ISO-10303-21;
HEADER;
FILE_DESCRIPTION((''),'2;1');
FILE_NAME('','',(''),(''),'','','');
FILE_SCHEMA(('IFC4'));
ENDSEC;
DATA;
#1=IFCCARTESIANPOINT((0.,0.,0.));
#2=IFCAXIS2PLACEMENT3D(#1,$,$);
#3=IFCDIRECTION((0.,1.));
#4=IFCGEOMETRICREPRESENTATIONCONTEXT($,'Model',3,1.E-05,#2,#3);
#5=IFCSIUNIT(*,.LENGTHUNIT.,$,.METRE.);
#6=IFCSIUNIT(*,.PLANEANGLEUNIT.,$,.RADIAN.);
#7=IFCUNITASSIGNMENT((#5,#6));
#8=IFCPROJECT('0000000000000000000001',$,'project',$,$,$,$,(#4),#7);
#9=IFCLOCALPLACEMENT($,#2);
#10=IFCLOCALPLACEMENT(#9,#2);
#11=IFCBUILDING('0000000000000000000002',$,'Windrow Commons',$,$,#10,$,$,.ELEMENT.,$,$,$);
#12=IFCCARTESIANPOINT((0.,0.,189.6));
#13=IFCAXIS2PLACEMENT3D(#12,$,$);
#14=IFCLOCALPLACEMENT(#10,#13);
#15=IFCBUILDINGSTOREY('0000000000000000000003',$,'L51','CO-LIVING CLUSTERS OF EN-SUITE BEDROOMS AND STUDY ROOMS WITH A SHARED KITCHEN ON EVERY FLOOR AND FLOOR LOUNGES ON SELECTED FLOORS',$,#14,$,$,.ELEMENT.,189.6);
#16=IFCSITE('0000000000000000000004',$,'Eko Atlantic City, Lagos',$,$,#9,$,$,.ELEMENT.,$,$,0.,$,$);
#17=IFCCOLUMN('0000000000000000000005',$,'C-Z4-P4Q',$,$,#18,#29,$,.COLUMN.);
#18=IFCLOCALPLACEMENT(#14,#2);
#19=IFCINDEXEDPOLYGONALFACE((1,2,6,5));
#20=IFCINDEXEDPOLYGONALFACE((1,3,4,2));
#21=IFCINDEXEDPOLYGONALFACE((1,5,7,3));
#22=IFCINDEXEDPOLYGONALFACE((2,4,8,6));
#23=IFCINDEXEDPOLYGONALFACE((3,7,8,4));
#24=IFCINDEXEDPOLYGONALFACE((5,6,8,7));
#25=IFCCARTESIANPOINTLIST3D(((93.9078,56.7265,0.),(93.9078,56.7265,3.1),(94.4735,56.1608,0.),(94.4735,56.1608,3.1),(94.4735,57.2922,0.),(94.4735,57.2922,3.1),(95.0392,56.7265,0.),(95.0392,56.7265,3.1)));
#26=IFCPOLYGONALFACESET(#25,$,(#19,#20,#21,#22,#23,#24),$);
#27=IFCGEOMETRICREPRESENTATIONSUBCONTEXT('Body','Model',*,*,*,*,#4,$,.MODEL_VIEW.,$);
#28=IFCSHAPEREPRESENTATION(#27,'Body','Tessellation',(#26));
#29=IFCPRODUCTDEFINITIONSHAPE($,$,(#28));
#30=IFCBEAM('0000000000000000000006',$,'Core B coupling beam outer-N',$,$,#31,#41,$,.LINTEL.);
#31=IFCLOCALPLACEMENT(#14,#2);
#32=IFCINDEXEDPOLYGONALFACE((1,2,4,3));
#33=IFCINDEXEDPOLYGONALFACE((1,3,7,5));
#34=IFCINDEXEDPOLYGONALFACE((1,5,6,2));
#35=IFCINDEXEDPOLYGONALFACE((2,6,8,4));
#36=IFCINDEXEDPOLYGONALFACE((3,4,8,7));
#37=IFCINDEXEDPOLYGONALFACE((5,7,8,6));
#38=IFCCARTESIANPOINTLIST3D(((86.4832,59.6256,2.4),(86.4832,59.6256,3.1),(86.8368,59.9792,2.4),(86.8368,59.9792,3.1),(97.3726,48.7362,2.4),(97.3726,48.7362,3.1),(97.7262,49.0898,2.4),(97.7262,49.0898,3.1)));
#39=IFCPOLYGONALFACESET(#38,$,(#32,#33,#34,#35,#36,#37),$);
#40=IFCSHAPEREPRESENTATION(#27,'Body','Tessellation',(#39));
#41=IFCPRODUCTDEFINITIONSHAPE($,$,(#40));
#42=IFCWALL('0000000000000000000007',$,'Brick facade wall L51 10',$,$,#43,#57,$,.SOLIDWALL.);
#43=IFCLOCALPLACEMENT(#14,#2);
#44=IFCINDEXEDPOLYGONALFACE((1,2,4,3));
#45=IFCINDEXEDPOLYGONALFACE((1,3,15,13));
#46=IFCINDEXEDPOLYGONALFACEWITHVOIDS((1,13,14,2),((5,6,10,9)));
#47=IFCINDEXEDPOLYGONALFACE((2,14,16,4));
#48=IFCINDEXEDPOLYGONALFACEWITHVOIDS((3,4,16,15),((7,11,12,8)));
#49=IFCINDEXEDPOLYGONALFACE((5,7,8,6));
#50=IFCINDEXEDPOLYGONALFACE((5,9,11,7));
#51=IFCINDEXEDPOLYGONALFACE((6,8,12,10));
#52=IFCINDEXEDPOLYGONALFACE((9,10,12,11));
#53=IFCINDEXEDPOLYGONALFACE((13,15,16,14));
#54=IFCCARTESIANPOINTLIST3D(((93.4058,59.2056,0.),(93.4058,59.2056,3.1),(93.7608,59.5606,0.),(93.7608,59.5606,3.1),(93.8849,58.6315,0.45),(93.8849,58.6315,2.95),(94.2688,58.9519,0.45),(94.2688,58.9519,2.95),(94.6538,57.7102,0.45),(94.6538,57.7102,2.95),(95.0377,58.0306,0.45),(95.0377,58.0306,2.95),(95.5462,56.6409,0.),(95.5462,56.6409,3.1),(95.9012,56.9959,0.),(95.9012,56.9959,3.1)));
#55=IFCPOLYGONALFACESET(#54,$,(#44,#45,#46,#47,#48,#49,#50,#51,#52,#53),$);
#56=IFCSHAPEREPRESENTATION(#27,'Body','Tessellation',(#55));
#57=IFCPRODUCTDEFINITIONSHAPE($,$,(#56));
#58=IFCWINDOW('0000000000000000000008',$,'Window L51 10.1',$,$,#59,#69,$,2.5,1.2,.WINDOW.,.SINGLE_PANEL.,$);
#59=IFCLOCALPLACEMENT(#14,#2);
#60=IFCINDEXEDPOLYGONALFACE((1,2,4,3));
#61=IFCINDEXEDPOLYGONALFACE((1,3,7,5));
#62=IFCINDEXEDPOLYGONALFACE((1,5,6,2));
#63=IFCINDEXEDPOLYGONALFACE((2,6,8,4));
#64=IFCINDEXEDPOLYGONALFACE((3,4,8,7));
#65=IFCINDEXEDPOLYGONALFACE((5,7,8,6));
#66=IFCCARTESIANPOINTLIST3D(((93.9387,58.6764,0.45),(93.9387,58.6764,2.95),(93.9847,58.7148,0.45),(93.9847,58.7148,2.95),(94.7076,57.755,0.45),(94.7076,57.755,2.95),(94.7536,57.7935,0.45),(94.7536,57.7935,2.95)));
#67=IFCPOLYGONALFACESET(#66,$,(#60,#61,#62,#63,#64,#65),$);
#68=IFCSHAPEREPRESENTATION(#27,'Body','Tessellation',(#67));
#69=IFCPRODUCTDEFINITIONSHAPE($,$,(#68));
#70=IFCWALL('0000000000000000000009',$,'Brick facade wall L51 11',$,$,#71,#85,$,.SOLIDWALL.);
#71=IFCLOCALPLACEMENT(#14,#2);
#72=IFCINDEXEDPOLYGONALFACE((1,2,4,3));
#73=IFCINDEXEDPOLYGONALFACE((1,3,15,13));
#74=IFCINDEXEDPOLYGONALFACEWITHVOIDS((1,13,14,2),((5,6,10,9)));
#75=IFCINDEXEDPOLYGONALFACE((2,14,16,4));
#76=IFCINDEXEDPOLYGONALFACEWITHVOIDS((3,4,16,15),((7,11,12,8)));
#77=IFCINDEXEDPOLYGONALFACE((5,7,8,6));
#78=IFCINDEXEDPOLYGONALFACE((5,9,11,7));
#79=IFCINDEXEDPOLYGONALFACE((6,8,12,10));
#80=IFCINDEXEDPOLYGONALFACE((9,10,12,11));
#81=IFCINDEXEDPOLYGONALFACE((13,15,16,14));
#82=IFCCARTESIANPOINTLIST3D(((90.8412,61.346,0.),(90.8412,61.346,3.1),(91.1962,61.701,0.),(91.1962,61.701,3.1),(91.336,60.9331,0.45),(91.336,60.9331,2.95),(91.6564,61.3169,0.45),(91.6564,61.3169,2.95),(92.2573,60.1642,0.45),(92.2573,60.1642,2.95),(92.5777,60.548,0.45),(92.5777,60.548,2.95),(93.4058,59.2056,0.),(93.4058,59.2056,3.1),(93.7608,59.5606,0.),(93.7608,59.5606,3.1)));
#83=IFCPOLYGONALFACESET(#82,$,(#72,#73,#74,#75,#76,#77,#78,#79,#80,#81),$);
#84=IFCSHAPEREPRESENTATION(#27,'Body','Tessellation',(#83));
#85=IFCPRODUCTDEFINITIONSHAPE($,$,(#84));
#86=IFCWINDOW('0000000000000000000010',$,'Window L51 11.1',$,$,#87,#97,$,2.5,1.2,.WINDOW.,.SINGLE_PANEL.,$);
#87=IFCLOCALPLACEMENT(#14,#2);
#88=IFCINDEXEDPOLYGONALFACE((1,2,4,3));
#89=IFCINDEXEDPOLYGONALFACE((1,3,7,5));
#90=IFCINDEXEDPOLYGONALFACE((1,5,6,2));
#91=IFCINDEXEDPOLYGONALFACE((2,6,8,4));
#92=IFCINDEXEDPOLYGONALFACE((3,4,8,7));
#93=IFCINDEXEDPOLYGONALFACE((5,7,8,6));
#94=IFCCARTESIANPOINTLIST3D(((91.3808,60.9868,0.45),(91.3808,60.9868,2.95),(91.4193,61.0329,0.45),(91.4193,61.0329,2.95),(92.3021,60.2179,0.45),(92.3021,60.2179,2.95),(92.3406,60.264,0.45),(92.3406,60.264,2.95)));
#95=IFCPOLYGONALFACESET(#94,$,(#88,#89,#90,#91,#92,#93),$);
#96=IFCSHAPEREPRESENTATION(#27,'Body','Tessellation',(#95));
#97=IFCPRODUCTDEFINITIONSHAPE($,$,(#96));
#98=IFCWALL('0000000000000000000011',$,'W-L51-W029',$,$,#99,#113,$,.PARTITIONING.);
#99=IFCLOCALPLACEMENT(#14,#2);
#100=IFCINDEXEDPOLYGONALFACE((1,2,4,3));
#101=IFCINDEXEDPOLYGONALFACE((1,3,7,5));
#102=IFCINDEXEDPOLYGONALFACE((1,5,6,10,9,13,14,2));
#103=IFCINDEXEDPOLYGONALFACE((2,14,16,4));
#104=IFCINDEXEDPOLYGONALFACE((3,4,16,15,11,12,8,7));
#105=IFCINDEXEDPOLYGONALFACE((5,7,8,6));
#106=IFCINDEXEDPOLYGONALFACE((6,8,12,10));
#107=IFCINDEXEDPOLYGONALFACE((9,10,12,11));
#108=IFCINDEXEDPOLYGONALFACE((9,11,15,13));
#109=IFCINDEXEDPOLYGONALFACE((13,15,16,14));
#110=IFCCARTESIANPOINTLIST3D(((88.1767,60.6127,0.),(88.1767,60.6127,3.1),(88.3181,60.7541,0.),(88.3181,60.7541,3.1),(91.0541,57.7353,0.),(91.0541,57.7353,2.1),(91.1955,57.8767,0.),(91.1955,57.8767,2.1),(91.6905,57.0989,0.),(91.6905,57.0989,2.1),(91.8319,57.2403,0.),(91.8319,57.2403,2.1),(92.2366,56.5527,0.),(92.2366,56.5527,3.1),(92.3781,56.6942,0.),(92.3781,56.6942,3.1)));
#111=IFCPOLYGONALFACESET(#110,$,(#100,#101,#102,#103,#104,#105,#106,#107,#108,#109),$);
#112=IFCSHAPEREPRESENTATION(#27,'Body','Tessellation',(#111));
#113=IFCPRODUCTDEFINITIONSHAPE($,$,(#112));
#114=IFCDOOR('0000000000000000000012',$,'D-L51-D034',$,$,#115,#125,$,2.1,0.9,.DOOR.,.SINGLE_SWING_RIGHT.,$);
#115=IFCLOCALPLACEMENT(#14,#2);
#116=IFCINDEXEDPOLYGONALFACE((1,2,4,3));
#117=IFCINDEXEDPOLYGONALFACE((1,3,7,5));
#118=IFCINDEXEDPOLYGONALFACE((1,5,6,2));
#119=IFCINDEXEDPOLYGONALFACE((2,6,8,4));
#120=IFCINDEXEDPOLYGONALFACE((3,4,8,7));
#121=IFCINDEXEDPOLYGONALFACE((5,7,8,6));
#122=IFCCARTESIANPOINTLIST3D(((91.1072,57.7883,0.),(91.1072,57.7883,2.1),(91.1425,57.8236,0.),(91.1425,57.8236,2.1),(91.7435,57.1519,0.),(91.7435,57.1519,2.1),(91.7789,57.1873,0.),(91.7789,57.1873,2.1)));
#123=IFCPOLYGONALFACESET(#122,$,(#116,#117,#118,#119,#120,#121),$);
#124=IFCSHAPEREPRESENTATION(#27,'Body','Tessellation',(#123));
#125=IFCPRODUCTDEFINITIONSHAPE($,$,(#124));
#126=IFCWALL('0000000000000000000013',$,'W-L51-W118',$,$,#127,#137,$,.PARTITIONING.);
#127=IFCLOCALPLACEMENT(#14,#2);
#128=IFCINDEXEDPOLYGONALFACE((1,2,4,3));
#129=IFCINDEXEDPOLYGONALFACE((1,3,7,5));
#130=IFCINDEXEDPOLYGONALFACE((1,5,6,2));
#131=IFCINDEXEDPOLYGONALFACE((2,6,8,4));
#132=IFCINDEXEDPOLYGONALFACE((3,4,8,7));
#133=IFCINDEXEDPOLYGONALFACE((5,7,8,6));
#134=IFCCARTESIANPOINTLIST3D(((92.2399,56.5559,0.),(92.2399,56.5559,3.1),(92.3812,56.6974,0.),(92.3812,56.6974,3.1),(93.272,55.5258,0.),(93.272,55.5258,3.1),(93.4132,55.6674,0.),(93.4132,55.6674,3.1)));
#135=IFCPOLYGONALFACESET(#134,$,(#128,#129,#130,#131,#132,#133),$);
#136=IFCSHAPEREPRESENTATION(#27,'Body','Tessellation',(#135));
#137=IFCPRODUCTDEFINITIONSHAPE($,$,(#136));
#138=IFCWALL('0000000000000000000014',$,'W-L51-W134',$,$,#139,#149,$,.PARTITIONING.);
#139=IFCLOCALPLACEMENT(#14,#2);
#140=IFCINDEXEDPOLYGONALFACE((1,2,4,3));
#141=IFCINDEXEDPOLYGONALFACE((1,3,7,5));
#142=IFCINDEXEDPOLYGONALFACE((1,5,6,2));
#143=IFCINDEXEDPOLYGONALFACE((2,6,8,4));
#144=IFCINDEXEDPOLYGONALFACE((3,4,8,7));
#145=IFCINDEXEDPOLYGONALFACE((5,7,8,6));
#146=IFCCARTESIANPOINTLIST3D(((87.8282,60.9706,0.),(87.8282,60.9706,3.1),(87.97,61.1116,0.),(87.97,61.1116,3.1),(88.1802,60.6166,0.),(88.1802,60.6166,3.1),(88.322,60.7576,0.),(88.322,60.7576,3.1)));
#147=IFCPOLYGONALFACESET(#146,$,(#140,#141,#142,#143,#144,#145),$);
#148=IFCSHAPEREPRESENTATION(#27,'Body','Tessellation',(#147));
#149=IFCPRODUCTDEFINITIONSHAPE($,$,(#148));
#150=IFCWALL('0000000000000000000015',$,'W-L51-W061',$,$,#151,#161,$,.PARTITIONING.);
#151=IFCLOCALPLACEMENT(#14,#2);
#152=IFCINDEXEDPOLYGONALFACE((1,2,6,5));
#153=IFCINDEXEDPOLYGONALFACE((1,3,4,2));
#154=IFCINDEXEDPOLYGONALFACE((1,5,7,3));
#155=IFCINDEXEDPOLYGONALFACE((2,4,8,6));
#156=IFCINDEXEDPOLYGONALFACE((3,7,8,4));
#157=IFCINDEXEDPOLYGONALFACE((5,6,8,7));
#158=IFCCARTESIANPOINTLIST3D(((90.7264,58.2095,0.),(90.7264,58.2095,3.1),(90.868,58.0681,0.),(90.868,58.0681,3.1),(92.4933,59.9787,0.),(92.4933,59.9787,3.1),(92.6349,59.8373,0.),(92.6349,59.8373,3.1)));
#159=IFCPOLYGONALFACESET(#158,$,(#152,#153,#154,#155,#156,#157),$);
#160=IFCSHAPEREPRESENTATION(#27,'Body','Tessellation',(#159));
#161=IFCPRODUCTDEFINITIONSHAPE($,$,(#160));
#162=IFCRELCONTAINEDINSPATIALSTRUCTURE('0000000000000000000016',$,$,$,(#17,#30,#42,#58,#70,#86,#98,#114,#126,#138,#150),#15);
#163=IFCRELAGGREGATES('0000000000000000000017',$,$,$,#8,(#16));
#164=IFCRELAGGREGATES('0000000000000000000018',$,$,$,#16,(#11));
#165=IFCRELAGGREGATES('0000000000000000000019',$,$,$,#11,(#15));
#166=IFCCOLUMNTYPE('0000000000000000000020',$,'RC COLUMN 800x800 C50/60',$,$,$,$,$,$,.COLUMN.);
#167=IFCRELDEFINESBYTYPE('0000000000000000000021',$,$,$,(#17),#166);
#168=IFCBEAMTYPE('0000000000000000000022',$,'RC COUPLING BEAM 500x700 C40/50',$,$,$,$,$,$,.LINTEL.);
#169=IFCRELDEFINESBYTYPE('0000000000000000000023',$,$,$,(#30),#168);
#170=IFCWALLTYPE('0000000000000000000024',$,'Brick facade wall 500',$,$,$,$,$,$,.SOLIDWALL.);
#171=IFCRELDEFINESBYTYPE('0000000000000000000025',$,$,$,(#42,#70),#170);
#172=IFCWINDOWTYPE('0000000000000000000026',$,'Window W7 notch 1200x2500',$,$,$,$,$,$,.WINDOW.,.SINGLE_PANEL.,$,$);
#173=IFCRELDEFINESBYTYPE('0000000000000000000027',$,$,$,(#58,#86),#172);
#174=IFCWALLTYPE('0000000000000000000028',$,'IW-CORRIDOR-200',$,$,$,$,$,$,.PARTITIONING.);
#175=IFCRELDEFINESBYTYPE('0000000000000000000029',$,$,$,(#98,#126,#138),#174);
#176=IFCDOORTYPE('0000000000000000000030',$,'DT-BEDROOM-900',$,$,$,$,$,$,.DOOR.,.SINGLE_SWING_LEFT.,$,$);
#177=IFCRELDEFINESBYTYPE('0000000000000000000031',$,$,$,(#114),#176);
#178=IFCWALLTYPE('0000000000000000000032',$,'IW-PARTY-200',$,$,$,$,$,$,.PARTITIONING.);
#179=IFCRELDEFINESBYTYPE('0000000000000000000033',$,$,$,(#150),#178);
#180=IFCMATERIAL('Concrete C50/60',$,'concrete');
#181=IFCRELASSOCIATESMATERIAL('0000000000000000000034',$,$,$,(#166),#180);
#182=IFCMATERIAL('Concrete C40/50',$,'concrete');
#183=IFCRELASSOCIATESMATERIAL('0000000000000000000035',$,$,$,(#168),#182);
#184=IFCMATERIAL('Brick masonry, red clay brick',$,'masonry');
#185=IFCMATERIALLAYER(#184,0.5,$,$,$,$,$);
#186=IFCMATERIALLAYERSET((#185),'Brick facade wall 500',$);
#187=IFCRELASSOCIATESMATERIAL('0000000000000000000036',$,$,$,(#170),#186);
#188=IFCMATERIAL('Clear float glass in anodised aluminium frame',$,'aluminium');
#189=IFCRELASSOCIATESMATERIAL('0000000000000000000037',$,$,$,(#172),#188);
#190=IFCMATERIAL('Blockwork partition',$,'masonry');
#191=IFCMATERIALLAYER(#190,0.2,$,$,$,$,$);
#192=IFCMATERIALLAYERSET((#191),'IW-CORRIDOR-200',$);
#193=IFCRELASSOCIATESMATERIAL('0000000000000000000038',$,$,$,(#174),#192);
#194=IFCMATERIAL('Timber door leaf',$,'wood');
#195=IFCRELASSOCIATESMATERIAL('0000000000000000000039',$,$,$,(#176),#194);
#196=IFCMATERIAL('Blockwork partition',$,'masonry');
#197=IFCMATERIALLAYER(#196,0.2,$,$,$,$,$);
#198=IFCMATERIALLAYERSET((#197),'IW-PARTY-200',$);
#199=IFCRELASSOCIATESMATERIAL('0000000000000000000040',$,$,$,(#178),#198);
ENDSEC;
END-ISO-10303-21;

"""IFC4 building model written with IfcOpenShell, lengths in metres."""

from ifc_helpers import new_model, si_unit, direction, frame, frame_2d, origin, origin_2d, place, context, subcontext, project, spatial, polyline, rectangle, outline, extrude, material, layer, layer_set, material_profile, profile_set, type_object, element, fill, save


model = new_model("IFC4")

# Units and contexts
model_context = context("Model", 3, precision=1e-05, world=origin(), true_north=direction((0.0, 1.0)))
body_context = subcontext(model_context, "Body", "Model", "MODEL_VIEW")
ifc_project = project(units=[si_unit("LENGTHUNIT", "METRE"), si_unit("PLANEANGLEUNIT", "RADIAN")], contexts=[model_context])

# Site, building, storey
site_placement = place(None, origin())
site = spatial("IfcSite", under=ifc_project, at=site_placement, Name="Eko Atlantic City, Lagos", CompositionType="ELEMENT", RefElevation=0.0)
building_placement = place(site_placement, origin())
building = spatial("IfcBuilding", under=site, at=building_placement, Name="Windrow Commons", CompositionType="ELEMENT")
storey_placement = place(building_placement, frame((0.0, 0.0, 189.6)))
storey = spatial("IfcBuildingStorey", under=building, at=storey_placement, Name="L51", Description="CO-LIVING CLUSTERS OF EN-SUITE BEDROOMS AND STUDY ROOMS WITH A SHARED KITCHEN ON EVERY FLOOR AND FLOOR LOUNGES ON SELECTED FLOORS", CompositionType="ELEMENT", Elevation=189.6)

# Column
ifc_material_1 = material(Name="Concrete C50/60", Category="concrete")
ifc_material_profile_1 = material_profile(ifc_material_1, rectangle(XDim=0.8, YDim=0.8, at=origin_2d()))
ifc_profile_set_1 = profile_set([ifc_material_profile_1], Name="Concrete C50/60")
column_type = type_object("IfcColumnType", Name="RC COLUMN 800x800 C50/60", PredefinedType="COLUMN", material=ifc_profile_set_1)
column_placement = place(storey_placement, frame((94.4735, 56.7265, 0.0), z_axis=(0.0, 0.0, 1.0), x_axis=(0.707107, -0.707107, 0.0)))
element("IfcColumn", 1, at=column_placement, inside=storey, type_object=column_type, Name="C-Z4-P4Q", PredefinedType="COLUMN", context=body_context, shape_type="SweptSolid", body=[
    extrude(rectangle(XDim=0.8, YDim=0.8, at=origin_2d()), origin(), (0.0, 0.0, 1.0), 3.1),
])

# Beam
ifc_material_2 = material(Name="Concrete C40/50", Category="concrete")
ifc_material_profile_2 = material_profile(ifc_material_2, rectangle(XDim=0.5, YDim=0.7, at=origin_2d()))
ifc_profile_set_2 = profile_set([ifc_material_profile_2], Name="Concrete C40/50")
beam_type = type_object("IfcBeamType", Name="RC COUPLING BEAM 500x700 C40/50", PredefinedType="LINTEL", material=ifc_profile_set_2)
beam_placement = place(storey_placement, frame((86.66, 59.8024, 2.75), z_axis=(0.707107, -0.707107, 0.0), x_axis=(0.707107, 0.707107, 0.0)))
element("IfcBeam", 2, at=beam_placement, inside=storey, type_object=beam_type, Name="Core B coupling beam outer-N", PredefinedType="LINTEL", context=body_context, shape_type="SweptSolid", body=[
    extrude(rectangle(XDim=0.5, YDim=0.7, at=origin_2d()), origin(), (0.0, 0.0, 1.0), 15.3999),
])

# Walls, openings, windows
ifc_material_3 = material(Name="Brick masonry, red clay brick", Category="masonry")
ifc_layer_1 = layer(ifc_material_3, 0.5)
ifc_layer_set_1 = layer_set([ifc_layer_1], Name="Brick facade wall 500")
wall_type_1 = type_object("IfcWallType", Name="Brick facade wall 500", PredefinedType="SOLIDWALL", material=ifc_layer_set_1)
wall_1_placement = place(storey_placement, frame((95.7237, 56.8184, 0.0), z_axis=(0.0, 0.0, 1.0), x_axis=(-0.640741, 0.767757, 0.0)))
wall_1 = element("IfcWall", 3, at=wall_1_placement, inside=storey, type_object=wall_type_1, Name="Brick facade wall L51 10", PredefinedType="SOLIDWALL", context=body_context, shape_type="SweptSolid", body=[
    extrude(outline(polyline([(0.0225, -0.25), (3.363, -0.25), (3.3179, 0.25), (-0.0225, 0.25), (0.0225, -0.25)])), origin(), (0.0, 0.0, 1.0), 3.1),
])
opening_1_placement = place(wall_1_placement, frame((1.3702, 0.0, 0.45)))
opening_1 = element("IfcOpeningElement", 4, at=opening_1_placement, cuts=wall_1, PredefinedType="OPENING", context=body_context, shape_type="SweptSolid", body=[
    extrude(rectangle(XDim=1.2, YDim=2.5, at=frame_2d((0.6, 1.25))), frame((0.0, 0.26, 0.0), z_axis=(0.0, -1.0, 0.0), x_axis=(1.0, 0.0, 0.0)), (0.0, 0.0, 1.0), 0.52),
])
ifc_material_4 = material(Name="Clear float glass in anodised aluminium frame", Category="aluminium")
window_type = type_object("IfcWindowType", Name="Window W7 notch 1200x2500", PartitioningType="SINGLE_PANEL", PredefinedType="WINDOW", material=ifc_material_4)
window_1_placement = place(opening_1_placement, origin())
window_1 = element("IfcWindow", 5, at=window_1_placement, inside=storey, type_object=window_type, Name="Window L51 10.1", OverallHeight=2.5, OverallWidth=1.2, PartitioningType="SINGLE_PANEL", PredefinedType="WINDOW", context=body_context, shape_type="SweptSolid", body=[
    extrude(rectangle(XDim=1.2, YDim=2.5, at=frame_2d((0.6, 1.25))), frame((0.0, 0.18, 0.0), z_axis=(0.0, -1.0, 0.0), x_axis=(1.0, 0.0, 0.0)), (0.0, 0.0, 1.0), 0.06),
])
fill(opening_1, window_1)
wall_2_placement = place(storey_placement, frame((93.5833, 59.3831, 0.0), z_axis=(0.0, 0.0, 1.0), x_axis=(-0.767745, 0.640755, 0.0)))
wall_2 = element("IfcWall", 6, at=wall_2_placement, inside=storey, type_object=wall_type_1, Name="Brick facade wall L51 11", PredefinedType="SOLIDWALL", context=body_context, shape_type="SweptSolid", body=[
    extrude(outline(polyline([(-0.0225, -0.25), (3.3179, -0.25), (3.363, 0.25), (0.0225, 0.25), (-0.0225, -0.25)])), origin(), (0.0, 0.0, 1.0), 3.1),
])
opening_2_placement = place(wall_2_placement, frame((1.5185, 0.0, 0.45)))
opening_2 = element("IfcOpeningElement", 7, at=opening_2_placement, cuts=wall_2, PredefinedType="OPENING", context=body_context, shape_type="SweptSolid", body=[
    extrude(rectangle(XDim=1.2, YDim=2.5, at=frame_2d((0.6, 1.25))), frame((0.0, 0.26, 0.0), z_axis=(0.0, -1.0, 0.0), x_axis=(1.0, 0.0, 0.0)), (0.0, 0.0, 1.0), 0.52),
])
window_2_placement = place(opening_2_placement, origin())
window_2 = element("IfcWindow", 8, at=window_2_placement, inside=storey, type_object=window_type, Name="Window L51 11.1", OverallHeight=2.5, OverallWidth=1.2, PartitioningType="SINGLE_PANEL", PredefinedType="WINDOW", context=body_context, shape_type="SweptSolid", body=[
    extrude(rectangle(XDim=1.2, YDim=2.5, at=frame_2d((0.6, 1.25))), frame((0.0, 0.18, 0.0), z_axis=(0.0, -1.0, 0.0), x_axis=(1.0, 0.0, 0.0)), (0.0, 0.0, 1.0), 0.06),
])
fill(opening_2, window_2)

# Wall, opening, door
ifc_material_5 = material(Name="Blockwork partition", Category="masonry")
ifc_layer_2 = layer(ifc_material_5, 0.2)
ifc_layer_set_2 = layer_set([ifc_layer_2], Name="IW-CORRIDOR-200")
wall_type_2 = type_object("IfcWallType", Name="IW-CORRIDOR-200", PredefinedType="PARTITIONING", material=ifc_layer_set_2)
wall_3_placement = place(storey_placement, frame((88.2474, 60.6834, 0.0), z_axis=(0.0, 0.0, 1.0), x_axis=(0.707107, -0.707107, 0.0)))
wall_3 = element("IfcWall", 9, at=wall_3_placement, inside=storey, type_object=wall_type_2, Name="W-L51-W029", PredefinedType="PARTITIONING", context=body_context, shape_type="SweptSolid", body=[
    extrude(rectangle(XDim=5.7417, YDim=0.2, at=frame_2d((2.8708, 0.0))), origin(), (0.0, 0.0, 1.0), 3.1),
])
opening_3_placement = place(wall_3_placement, frame((4.0693, 0.0, 0.0)))
opening_3 = element("IfcOpeningElement", 10, at=opening_3_placement, cuts=wall_3, PredefinedType="OPENING", context=body_context, shape_type="SweptSolid", body=[
    extrude(rectangle(XDim=0.9, YDim=2.1, at=frame_2d((0.45, 1.05))), frame((0.0, 0.11, 0.0), z_axis=(0.0, -1.0, 0.0), x_axis=(1.0, 0.0, 0.0)), (0.0, 0.0, 1.0), 0.22),
])
ifc_material_6 = material(Name="Timber door leaf", Category="wood")
door_type_1 = type_object("IfcDoorType", Name="DT-BEDROOM-900", OperationType="SINGLE_SWING_LEFT", PredefinedType="DOOR", material=ifc_material_6)
door_1_placement = place(opening_3_placement, origin())
door_1 = element("IfcDoor", 11, at=door_1_placement, inside=storey, type_object=door_type_1, Name="D-L51-D034", OperationType="SINGLE_SWING_RIGHT", OverallHeight=2.1, OverallWidth=0.9, PredefinedType="DOOR", context=body_context, shape_type="SweptSolid", body=[
    extrude(rectangle(XDim=0.9, YDim=2.1, at=frame_2d((0.45, 1.05))), frame((0.0, 0.025, 0.0), z_axis=(0.0, -1.0, 0.0), x_axis=(1.0, 0.0, 0.0)), (0.0, 0.0, 1.0), 0.05),
])
fill(opening_3, door_1)

# Walls
wall_4_placement = place(storey_placement, frame((92.3106, 56.6266, 0.0), z_axis=(0.0, 0.0, 1.0), x_axis=(0.707792, -0.706421, 0.0)))
element("IfcWall", 12, at=wall_4_placement, inside=storey, type_object=wall_type_2, Name="W-L51-W118", PredefinedType="PARTITIONING", context=body_context, shape_type="SweptSolid", body=[
    extrude(rectangle(XDim=1.4581, YDim=0.2, at=frame_2d((0.729, 0.0))), origin(), (0.0, 0.0, 1.0), 3.1),
])
wall_5_placement = place(storey_placement, frame((87.8991, 61.0411, 0.0), z_axis=(0.0, 0.0, 1.0), x_axis=(0.705101, -0.709107, 0.0)))
element("IfcWall", 13, at=wall_5_placement, inside=storey, type_object=wall_type_2, Name="W-L51-W134", PredefinedType="PARTITIONING", context=body_context, shape_type="SweptSolid", body=[
    extrude(rectangle(XDim=0.4992, YDim=0.2, at=frame_2d((0.2496, 0.0))), origin(), (0.0, 0.0, 1.0), 3.1),
])
ifc_material_7 = material(Name="Blockwork partition", Category="masonry")
ifc_layer_3 = layer(ifc_material_7, 0.2)
ifc_layer_set_3 = layer_set([ifc_layer_3], Name="IW-PARTY-200")
wall_type_3 = type_object("IfcWallType", Name="IW-PARTY-200", PredefinedType="PARTITIONING", material=ifc_layer_set_3)
wall_6_placement = place(storey_placement, frame((90.7972, 58.1388, 0.0), z_axis=(0.0, 0.0, 1.0), x_axis=(0.706647, 0.707567, 0.0)))
element("IfcWall", 14, at=wall_6_placement, inside=storey, type_object=wall_type_3, Name="W-L51-W061", PredefinedType="PARTITIONING", context=body_context, shape_type="SweptSolid", body=[
    extrude(rectangle(XDim=2.5004, YDim=0.2, at=frame_2d((1.2502, 0.0))), origin(), (0.0, 0.0, 1.0), 3.1),
])

save(model, "model.ifc")
